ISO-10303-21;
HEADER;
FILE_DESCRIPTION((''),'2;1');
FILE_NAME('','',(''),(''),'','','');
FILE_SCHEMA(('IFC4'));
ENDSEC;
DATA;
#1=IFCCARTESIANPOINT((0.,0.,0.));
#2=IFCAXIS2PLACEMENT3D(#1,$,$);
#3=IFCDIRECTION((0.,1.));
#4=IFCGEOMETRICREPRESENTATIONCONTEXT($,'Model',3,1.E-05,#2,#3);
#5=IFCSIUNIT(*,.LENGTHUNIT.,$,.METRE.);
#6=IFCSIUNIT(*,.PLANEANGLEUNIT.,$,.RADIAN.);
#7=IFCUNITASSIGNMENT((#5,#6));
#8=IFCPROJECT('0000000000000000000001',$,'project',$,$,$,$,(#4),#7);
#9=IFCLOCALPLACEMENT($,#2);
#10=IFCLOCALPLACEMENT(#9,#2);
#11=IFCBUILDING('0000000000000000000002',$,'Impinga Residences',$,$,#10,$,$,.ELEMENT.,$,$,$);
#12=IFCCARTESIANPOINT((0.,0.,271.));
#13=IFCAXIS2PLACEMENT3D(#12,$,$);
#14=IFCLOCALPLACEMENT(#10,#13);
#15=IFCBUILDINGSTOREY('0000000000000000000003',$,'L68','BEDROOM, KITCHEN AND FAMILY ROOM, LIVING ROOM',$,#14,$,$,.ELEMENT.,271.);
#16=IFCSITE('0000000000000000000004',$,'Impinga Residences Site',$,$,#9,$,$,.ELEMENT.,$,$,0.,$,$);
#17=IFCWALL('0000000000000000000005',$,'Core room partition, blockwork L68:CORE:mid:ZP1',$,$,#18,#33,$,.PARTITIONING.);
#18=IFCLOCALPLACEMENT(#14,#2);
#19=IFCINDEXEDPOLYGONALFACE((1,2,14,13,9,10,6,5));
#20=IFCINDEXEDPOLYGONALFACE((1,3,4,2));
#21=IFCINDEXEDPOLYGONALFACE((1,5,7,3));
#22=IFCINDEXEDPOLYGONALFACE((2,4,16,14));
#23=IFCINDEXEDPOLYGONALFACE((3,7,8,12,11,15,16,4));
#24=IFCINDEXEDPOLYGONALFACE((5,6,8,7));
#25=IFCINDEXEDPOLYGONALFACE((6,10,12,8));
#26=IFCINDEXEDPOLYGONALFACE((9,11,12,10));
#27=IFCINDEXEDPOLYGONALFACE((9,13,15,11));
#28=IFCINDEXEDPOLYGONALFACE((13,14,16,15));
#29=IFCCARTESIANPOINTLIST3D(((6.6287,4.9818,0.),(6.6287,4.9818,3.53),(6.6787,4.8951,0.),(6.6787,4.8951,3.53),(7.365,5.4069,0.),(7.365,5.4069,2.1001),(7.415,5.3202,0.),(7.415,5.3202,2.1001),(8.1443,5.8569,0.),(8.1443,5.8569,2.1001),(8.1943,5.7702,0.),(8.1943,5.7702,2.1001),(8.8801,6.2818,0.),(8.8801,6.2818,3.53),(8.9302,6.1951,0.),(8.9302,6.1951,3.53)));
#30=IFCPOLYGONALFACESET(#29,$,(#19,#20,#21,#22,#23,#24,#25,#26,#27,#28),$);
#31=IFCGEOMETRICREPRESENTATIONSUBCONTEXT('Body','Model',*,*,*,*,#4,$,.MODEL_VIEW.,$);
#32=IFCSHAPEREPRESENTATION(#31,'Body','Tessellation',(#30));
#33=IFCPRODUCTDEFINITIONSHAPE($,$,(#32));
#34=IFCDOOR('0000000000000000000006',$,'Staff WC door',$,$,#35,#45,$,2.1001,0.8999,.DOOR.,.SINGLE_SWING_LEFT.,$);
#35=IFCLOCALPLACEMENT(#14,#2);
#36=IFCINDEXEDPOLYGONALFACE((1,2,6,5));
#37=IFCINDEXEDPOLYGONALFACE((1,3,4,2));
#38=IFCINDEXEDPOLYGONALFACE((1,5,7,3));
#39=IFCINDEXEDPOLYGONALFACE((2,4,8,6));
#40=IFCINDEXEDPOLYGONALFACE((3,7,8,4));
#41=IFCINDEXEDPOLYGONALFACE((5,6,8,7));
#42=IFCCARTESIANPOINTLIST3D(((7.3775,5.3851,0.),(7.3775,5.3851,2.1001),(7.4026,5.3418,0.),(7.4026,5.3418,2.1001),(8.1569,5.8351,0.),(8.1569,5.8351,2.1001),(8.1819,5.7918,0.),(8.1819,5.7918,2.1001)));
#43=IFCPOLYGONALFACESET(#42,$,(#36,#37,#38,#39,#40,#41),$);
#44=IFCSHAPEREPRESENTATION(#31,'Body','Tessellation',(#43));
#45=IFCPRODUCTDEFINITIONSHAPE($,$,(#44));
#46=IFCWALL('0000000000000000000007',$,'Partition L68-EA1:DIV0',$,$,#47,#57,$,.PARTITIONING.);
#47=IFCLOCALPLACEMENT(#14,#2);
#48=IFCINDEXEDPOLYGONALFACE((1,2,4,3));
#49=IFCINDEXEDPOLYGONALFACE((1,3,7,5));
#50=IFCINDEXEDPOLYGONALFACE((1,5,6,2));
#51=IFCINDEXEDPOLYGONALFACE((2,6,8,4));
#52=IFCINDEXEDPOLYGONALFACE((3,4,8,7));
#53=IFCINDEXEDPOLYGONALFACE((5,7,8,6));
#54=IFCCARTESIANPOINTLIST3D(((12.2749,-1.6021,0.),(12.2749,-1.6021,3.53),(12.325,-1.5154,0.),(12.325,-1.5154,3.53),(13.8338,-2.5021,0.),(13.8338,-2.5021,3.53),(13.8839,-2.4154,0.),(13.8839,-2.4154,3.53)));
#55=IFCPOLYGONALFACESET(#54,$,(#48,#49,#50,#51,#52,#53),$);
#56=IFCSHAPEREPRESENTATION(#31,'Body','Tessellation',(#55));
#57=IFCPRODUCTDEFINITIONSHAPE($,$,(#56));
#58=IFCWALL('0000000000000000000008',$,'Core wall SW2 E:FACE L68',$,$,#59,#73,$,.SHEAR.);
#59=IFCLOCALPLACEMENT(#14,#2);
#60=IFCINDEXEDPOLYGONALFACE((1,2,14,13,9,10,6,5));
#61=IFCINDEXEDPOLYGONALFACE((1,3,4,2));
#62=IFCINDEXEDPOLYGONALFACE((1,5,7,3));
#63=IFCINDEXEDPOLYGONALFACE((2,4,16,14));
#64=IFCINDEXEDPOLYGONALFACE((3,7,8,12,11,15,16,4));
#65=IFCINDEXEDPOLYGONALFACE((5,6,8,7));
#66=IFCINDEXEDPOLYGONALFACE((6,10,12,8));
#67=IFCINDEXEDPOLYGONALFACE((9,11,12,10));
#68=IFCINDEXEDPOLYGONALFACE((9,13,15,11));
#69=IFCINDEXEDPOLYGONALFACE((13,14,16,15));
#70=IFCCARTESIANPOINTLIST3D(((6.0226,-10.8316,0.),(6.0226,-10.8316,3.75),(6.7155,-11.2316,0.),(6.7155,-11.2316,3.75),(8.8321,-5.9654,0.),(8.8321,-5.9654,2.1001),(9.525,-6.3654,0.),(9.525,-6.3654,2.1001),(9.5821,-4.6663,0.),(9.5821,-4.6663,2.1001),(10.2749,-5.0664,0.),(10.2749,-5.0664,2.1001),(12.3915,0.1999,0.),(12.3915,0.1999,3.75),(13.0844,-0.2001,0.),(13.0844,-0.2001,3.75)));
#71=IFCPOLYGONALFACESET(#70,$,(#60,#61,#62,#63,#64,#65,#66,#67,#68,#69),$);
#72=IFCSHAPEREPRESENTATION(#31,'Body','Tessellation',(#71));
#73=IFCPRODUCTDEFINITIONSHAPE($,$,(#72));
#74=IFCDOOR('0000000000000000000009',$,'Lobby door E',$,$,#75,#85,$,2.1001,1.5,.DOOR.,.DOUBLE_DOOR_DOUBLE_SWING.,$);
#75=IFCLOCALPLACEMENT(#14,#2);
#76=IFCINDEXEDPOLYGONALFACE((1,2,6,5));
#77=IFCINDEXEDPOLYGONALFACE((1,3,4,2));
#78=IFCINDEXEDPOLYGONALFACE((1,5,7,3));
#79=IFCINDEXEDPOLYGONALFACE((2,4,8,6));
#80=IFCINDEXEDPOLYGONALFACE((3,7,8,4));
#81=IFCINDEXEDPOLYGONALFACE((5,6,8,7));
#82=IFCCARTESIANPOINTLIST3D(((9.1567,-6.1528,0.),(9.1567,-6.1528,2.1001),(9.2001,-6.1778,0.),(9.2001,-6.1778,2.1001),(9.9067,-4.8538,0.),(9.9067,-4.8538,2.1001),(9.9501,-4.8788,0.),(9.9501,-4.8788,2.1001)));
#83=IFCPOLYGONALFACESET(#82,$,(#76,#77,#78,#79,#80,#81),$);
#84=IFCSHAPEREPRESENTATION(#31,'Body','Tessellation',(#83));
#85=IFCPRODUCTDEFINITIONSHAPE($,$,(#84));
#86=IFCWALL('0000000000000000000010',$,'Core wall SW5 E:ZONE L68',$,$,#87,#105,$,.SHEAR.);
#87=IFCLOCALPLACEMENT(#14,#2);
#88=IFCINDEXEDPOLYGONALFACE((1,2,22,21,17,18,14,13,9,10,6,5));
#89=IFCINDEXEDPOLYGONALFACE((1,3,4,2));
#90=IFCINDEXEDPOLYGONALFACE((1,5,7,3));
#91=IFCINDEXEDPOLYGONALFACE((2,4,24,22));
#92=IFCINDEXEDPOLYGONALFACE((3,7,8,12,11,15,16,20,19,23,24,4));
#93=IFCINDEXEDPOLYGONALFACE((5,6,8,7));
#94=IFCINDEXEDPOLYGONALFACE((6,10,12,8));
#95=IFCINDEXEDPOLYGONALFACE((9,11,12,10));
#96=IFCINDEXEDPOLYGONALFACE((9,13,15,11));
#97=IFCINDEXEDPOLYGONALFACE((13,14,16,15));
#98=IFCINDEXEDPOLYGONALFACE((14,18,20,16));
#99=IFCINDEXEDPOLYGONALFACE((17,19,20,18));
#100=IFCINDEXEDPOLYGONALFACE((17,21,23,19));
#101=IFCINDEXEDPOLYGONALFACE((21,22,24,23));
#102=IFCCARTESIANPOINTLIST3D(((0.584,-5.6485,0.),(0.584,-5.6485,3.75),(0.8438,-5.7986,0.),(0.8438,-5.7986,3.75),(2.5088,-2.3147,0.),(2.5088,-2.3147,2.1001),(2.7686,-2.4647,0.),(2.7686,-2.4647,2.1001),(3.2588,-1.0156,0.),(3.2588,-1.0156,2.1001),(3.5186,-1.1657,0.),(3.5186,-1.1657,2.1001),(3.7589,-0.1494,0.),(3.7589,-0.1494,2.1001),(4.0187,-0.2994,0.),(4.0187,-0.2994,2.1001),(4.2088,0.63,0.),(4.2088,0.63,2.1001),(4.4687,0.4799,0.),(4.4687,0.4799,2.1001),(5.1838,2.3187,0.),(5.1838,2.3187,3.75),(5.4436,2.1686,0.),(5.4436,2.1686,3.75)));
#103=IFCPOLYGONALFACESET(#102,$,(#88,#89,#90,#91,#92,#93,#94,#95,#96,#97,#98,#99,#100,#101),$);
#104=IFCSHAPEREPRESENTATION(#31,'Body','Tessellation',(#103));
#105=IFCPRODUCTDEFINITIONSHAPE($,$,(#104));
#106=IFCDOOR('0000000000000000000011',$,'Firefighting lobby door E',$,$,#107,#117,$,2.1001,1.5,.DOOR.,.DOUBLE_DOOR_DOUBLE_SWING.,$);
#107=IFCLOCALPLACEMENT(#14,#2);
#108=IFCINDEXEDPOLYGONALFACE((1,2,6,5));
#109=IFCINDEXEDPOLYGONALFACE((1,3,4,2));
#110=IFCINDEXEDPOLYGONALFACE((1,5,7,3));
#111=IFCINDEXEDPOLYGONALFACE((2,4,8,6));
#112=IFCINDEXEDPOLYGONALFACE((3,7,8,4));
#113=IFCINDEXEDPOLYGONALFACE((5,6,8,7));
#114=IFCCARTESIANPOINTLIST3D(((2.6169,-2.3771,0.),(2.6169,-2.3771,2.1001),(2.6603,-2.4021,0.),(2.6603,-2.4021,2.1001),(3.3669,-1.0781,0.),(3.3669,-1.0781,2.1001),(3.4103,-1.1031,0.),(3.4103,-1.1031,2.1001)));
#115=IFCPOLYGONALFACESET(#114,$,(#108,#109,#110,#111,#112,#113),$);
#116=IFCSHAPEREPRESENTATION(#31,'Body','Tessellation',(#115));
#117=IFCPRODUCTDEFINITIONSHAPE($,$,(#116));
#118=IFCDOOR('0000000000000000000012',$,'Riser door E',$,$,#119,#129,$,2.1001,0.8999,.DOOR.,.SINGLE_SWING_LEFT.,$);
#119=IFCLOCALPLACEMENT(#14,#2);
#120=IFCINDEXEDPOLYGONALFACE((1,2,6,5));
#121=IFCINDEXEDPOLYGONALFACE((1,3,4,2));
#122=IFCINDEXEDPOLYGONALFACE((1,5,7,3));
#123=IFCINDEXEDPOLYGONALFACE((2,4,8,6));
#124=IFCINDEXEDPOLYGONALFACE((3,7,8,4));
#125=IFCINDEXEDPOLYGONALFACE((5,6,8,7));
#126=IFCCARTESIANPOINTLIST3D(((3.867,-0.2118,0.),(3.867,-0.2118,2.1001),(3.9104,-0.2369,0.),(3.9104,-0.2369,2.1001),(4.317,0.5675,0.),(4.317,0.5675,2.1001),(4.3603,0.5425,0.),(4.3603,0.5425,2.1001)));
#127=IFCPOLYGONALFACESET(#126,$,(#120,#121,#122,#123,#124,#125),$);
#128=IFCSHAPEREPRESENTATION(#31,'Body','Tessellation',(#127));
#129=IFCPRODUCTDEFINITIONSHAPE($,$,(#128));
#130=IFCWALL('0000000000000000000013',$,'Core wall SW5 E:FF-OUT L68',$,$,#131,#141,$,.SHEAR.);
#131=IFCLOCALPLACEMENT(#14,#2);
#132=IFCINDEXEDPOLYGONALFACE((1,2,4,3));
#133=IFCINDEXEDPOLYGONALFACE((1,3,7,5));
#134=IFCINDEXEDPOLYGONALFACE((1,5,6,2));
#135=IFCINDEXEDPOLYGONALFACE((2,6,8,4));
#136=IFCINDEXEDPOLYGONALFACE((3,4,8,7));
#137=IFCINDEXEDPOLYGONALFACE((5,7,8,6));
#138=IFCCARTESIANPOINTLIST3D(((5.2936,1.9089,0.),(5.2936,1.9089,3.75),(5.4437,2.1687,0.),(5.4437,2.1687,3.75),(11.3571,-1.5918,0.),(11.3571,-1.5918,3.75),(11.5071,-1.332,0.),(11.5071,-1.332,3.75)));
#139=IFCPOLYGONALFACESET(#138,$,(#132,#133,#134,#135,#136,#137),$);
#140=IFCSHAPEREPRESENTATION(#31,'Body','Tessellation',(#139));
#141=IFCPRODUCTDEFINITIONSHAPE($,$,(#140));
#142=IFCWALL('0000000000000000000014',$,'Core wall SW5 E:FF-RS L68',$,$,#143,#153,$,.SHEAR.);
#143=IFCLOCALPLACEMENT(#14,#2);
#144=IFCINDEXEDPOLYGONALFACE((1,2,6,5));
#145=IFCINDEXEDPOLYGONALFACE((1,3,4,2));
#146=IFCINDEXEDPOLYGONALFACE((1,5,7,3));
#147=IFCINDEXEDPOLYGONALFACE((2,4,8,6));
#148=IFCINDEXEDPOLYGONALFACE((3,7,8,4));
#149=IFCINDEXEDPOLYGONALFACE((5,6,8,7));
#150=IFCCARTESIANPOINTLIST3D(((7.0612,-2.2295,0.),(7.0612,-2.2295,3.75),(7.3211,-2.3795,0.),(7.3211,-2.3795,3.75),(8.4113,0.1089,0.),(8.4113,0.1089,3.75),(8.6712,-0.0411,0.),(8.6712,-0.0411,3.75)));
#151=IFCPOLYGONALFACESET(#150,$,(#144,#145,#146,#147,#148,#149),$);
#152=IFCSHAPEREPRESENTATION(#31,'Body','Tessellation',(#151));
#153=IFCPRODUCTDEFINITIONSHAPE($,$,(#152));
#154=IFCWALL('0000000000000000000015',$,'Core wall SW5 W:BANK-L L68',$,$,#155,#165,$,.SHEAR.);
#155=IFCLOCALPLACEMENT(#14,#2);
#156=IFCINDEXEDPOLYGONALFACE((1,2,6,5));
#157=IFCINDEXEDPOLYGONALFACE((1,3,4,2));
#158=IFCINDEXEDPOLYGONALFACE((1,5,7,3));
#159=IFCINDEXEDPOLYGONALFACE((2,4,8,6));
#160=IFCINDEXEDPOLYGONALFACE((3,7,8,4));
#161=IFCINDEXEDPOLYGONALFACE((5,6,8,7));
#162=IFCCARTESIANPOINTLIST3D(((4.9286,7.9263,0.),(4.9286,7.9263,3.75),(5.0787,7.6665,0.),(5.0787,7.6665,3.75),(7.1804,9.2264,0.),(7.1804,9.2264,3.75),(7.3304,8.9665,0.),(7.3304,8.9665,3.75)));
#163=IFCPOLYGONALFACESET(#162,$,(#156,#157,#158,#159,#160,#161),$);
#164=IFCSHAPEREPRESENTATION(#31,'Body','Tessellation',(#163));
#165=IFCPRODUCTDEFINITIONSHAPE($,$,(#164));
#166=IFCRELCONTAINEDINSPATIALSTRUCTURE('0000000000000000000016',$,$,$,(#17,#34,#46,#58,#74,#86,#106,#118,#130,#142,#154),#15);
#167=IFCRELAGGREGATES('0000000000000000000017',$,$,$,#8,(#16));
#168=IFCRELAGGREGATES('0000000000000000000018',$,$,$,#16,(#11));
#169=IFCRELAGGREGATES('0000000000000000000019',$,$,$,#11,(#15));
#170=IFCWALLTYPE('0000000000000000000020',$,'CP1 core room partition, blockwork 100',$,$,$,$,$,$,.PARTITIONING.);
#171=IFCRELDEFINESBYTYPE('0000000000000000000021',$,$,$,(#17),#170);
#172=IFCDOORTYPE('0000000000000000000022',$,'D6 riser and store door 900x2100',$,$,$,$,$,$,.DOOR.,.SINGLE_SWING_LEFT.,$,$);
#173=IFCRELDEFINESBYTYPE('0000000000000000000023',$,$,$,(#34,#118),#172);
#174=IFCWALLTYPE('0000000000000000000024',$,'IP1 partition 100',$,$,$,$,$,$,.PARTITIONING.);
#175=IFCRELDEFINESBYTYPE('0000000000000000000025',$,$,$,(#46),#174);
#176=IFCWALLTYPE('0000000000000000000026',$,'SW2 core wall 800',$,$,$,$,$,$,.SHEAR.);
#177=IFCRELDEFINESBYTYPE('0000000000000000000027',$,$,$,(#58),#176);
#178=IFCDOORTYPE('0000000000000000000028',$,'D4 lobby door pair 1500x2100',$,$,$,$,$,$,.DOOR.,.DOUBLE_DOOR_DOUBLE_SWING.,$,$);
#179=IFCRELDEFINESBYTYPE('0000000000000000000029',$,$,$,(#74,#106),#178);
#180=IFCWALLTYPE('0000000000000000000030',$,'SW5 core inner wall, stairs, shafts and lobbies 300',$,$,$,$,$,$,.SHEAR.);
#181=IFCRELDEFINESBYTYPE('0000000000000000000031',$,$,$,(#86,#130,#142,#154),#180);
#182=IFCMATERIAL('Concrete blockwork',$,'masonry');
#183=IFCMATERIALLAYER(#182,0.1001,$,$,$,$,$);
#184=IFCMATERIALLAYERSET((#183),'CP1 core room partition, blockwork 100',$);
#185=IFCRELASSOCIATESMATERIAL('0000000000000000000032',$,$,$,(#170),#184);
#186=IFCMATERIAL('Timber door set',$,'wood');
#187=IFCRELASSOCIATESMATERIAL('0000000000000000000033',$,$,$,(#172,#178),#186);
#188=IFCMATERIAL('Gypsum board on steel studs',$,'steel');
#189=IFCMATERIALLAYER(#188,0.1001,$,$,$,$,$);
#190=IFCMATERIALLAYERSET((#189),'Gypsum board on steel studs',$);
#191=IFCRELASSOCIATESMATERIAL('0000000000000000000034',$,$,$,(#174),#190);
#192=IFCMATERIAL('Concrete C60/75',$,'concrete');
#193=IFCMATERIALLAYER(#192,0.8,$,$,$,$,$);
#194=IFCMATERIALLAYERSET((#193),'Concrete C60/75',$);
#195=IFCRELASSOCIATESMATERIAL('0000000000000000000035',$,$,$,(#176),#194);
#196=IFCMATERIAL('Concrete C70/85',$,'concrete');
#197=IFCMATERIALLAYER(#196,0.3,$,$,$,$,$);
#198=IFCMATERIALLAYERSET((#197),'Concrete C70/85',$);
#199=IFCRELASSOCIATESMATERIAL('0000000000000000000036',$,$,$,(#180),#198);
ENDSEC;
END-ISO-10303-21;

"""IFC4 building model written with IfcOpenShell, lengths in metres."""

from ifc_helpers import new_model, si_unit, direction, frame, frame_2d, origin, place, context, subcontext, project, spatial, rectangle, extrude, material, layer, layer_set, type_object, element, fill, save


model = new_model("IFC4")

# Units and contexts
model_context = context("Model", 3, precision=1e-05, world=origin(), true_north=direction((0.0, 1.0)))
body_context = subcontext(model_context, "Body", "Model", "MODEL_VIEW")
ifc_project = project(units=[si_unit("LENGTHUNIT", "METRE"), si_unit("PLANEANGLEUNIT", "RADIAN")], contexts=[model_context])

# Site, building, storey
site_placement = place(None, origin())
site = spatial("IfcSite", under=ifc_project, at=site_placement, Name="Impinga Residences Site", CompositionType="ELEMENT", RefElevation=0.0)
building_placement = place(site_placement, origin())
building = spatial("IfcBuilding", under=site, at=building_placement, Name="Impinga Residences", CompositionType="ELEMENT")
storey_placement = place(building_placement, frame((0.0, 0.0, 271.0)))
storey = spatial("IfcBuildingStorey", under=building, at=storey_placement, Name="L68", Description="BEDROOM, KITCHEN AND FAMILY ROOM, LIVING ROOM", CompositionType="ELEMENT", Elevation=271.0)

# Wall, opening, door
ifc_material_1 = material(Name="Concrete blockwork", Category="masonry")
ifc_layer_1 = layer(ifc_material_1, 0.1001)
ifc_layer_set_1 = layer_set([ifc_layer_1], Name="CP1 core room partition, blockwork 100")
wall_type_1 = type_object("IfcWallType", Name="CP1 core room partition, blockwork 100", PredefinedType="PARTITIONING", material=ifc_layer_set_1)
wall_1_placement = place(storey_placement, frame((6.6538, 4.9385, 0.0), z_axis=(0.0, 0.0, 1.0), x_axis=(0.865998, 0.500048, 0.0)))
wall_1 = element("IfcWall", 1, at=wall_1_placement, inside=storey, type_object=wall_type_1, Name="Core room partition, blockwork L68:CORE:mid:ZP1", PredefinedType="PARTITIONING", context=body_context, shape_type="SweptSolid", body=[
    extrude(rectangle(XDim=2.5999, YDim=0.1001, at=frame_2d((1.2998, 0.0))), origin(), (0.0, 0.0, 1.0), 3.53),
])
opening_1_placement = place(wall_1_placement, frame((0.8501, 0.0, 0.0)))
opening_1 = element("IfcOpeningElement", 2, at=opening_1_placement, cuts=wall_1, PredefinedType="OPENING", context=body_context, shape_type="SweptSolid", body=[
    extrude(rectangle(XDim=0.8999, YDim=2.1001, at=frame_2d((0.45, 1.05))), frame((0.0, 0.0601, 0.0), z_axis=(0.0, -1.0, 0.0), x_axis=(1.0, 0.0, 0.0)), (0.0, 0.0, 1.0), 0.1201),
])
ifc_material_2 = material(Name="Timber door set", Category="wood")
door_type_1 = type_object("IfcDoorType", Name="D6 riser and store door 900x2100", OperationType="SINGLE_SWING_LEFT", PredefinedType="DOOR", material=ifc_material_2)
door_1_placement = place(opening_1_placement, origin())
door_1 = element("IfcDoor", 3, at=door_1_placement, inside=storey, type_object=door_type_1, Name="Staff WC door", OperationType="SINGLE_SWING_LEFT", OverallHeight=2.1001, OverallWidth=0.8999, PredefinedType="DOOR", context=body_context, shape_type="SweptSolid", body=[
    extrude(rectangle(XDim=0.8999, YDim=2.1001, at=frame_2d((0.45, 1.05))), frame((0.0, 0.0249, 0.0), z_axis=(0.0, -1.0, 0.0), x_axis=(1.0, 0.0, 0.0)), (0.0, 0.0, 1.0), 0.05),
])
fill(opening_1, door_1)

# Wall
ifc_material_3 = material(Name="Gypsum board on steel studs", Category="steel")
ifc_layer_2 = layer(ifc_material_3, 0.1001)
ifc_layer_set_2 = layer_set([ifc_layer_2], Name="Gypsum board on steel studs")
wall_type_2 = type_object("IfcWallType", Name="IP1 partition 100", PredefinedType="PARTITIONING", material=ifc_layer_set_2)
wall_2_placement = place(storey_placement, frame((12.3, -1.5588, 0.0), z_axis=(0.0, 0.0, 1.0), x_axis=(0.866048, -0.499961, 0.0)))
element("IfcWall", 4, at=wall_2_placement, inside=storey, type_object=wall_type_2, Name="Partition L68-EA1:DIV0", PredefinedType="PARTITIONING", context=body_context, shape_type="SweptSolid", body=[
    extrude(rectangle(XDim=1.8, YDim=0.1001, at=frame_2d((0.8999, 0.0))), origin(), (0.0, 0.0, 1.0), 3.53),
])

# Wall, opening, door
ifc_material_4 = material(Name="Concrete C60/75", Category="concrete")
ifc_layer_3 = layer(ifc_material_4, 0.8)
ifc_layer_set_3 = layer_set([ifc_layer_3], Name="Concrete C60/75")
wall_type_3 = type_object("IfcWallType", Name="SW2 core wall 800", PredefinedType="SHEAR", material=ifc_layer_set_3)
wall_3_placement = place(storey_placement, frame((12.738, 0.0, 0.0), z_axis=(0.0, 0.0, 1.0), x_axis=(-0.499992, -0.86603, 0.0)))
wall_3 = element("IfcWall", 5, at=wall_3_placement, inside=storey, type_object=wall_type_3, Name="Core wall SW2 E:FACE L68", PredefinedType="SHEAR", context=body_context, shape_type="SweptSolid", body=[
    extrude(rectangle(XDim=12.738, YDim=0.8, at=frame_2d((6.3691, 0.0))), origin(), (0.0, 0.0, 1.0), 3.75),
])
opening_2_placement = place(wall_3_placement, frame((5.6191, 0.0, 0.0)))
opening_2 = element("IfcOpeningElement", 6, at=opening_2_placement, cuts=wall_3, PredefinedType="OPENING", context=body_context, shape_type="SweptSolid", body=[
    extrude(rectangle(XDim=1.5, YDim=2.1001, at=frame_2d((0.75, 1.05))), frame((0.0, 0.4099, 0.0), z_axis=(0.0, -1.0, 0.0), x_axis=(1.0, 0.0, 0.0)), (0.0, 0.0, 1.0), 0.8201),
])
door_type_2 = type_object("IfcDoorType", Name="D4 lobby door pair 1500x2100", OperationType="DOUBLE_DOOR_DOUBLE_SWING", PredefinedType="DOOR", material=ifc_material_2)
door_2_placement = place(opening_2_placement, origin())
door_2 = element("IfcDoor", 7, at=door_2_placement, inside=storey, type_object=door_type_2, Name="Lobby door E", OperationType="DOUBLE_DOOR_DOUBLE_SWING", OverallHeight=2.1001, OverallWidth=1.5, PredefinedType="DOOR", context=body_context, shape_type="SweptSolid", body=[
    extrude(rectangle(XDim=1.5, YDim=2.1001, at=frame_2d((0.75, 1.05))), frame((0.0, 0.0249, 0.0), z_axis=(0.0, -1.0, 0.0), x_axis=(1.0, 0.0, 0.0)), (0.0, 0.0, 1.0), 0.05),
])
fill(opening_2, door_2)

# Wall, openings, doors
ifc_material_5 = material(Name="Concrete C70/85", Category="concrete")
ifc_layer_4 = layer(ifc_material_5, 0.3)
ifc_layer_set_4 = layer_set([ifc_layer_4], Name="Concrete C70/85")
wall_type_4 = type_object("IfcWallType", Name="SW5 core inner wall, stairs, shafts and lobbies 300", PredefinedType="SHEAR", material=ifc_layer_set_4)
wall_4_placement = place(storey_placement, frame((5.3137, 2.2437, 0.0), z_axis=(0.0, 0.0, 1.0), x_axis=(-0.499995, -0.866028, 0.0)))
wall_4 = element("IfcWall", 8, at=wall_4_placement, inside=storey, type_object=wall_type_4, Name="Core wall SW5 E:ZONE L68", PredefinedType="SHEAR", context=body_context, shape_type="SweptSolid", body=[
    extrude(rectangle(XDim=9.1997, YDim=0.3, at=frame_2d((4.5999, 0.0))), origin(), (0.0, 0.0, 1.0), 3.75),
])
opening_3_placement = place(wall_4_placement, frame((3.8501, 0.0, 0.0)))
opening_3 = element("IfcOpeningElement", 9, at=opening_3_placement, cuts=wall_4, PredefinedType="OPENING", context=body_context, shape_type="SweptSolid", body=[
    extrude(rectangle(XDim=1.5, YDim=2.1001, at=frame_2d((0.75, 1.05))), frame((0.0, 0.1599, 0.0), z_axis=(0.0, -1.0, 0.0), x_axis=(1.0, 0.0, 0.0)), (0.0, 0.0, 1.0), 0.3201),
])
opening_4_placement = place(wall_4_placement, frame((1.95, 0.0, 0.0)))
opening_4 = element("IfcOpeningElement", 10, at=opening_4_placement, cuts=wall_4, PredefinedType="OPENING", context=body_context, shape_type="SweptSolid", body=[
    extrude(rectangle(XDim=0.8999, YDim=2.1001, at=frame_2d((0.45, 1.05))), frame((0.0, 0.1599, 0.0), z_axis=(0.0, -1.0, 0.0), x_axis=(1.0, 0.0, 0.0)), (0.0, 0.0, 1.0), 0.3201),
])
door_3_placement = place(opening_3_placement, origin())
door_3 = element("IfcDoor", 11, at=door_3_placement, inside=storey, type_object=door_type_2, Name="Firefighting lobby door E", OperationType="DOUBLE_DOOR_DOUBLE_SWING", OverallHeight=2.1001, OverallWidth=1.5, PredefinedType="DOOR", context=body_context, shape_type="SweptSolid", body=[
    extrude(rectangle(XDim=1.5, YDim=2.1001, at=frame_2d((0.75, 1.05))), frame((0.0, 0.0249, 0.0), z_axis=(0.0, -1.0, 0.0), x_axis=(1.0, 0.0, 0.0)), (0.0, 0.0, 1.0), 0.05),
])
fill(opening_3, door_3)
door_4_placement = place(opening_4_placement, origin())
door_4 = element("IfcDoor", 12, at=door_4_placement, inside=storey, type_object=door_type_1, Name="Riser door E", OperationType="SINGLE_SWING_LEFT", OverallHeight=2.1001, OverallWidth=0.8999, PredefinedType="DOOR", context=body_context, shape_type="SweptSolid", body=[
    extrude(rectangle(XDim=0.8999, YDim=2.1001, at=frame_2d((0.45, 1.05))), frame((0.0, 0.0249, 0.0), z_axis=(0.0, -1.0, 0.0), x_axis=(1.0, 0.0, 0.0)), (0.0, 0.0, 1.0), 0.05),
])
fill(opening_4, door_4)

# Walls
wall_5_placement = place(storey_placement, frame((5.3687, 2.0388, 0.0), z_axis=(0.0, 0.0, 1.0), x_axis=(0.866026, -0.499998, 0.0)))
element("IfcWall", 13, at=wall_5_placement, inside=storey, type_object=wall_type_4, Name="Core wall SW5 E:FF-OUT L68", PredefinedType="SHEAR", context=body_context, shape_type="SweptSolid", body=[
    extrude(rectangle(XDim=7.0015, YDim=0.3, at=frame_2d((3.5007, 0.0))), origin(), (0.0, 0.0, 1.0), 3.75),
])
wall_6_placement = place(storey_placement, frame((8.5413, 0.0339, 0.0), z_axis=(0.0, 0.0, 1.0), x_axis=(-0.500009, -0.86602, 0.0)))
element("IfcWall", 14, at=wall_6_placement, inside=storey, type_object=wall_type_4, Name="Core wall SW5 E:FF-RS L68", PredefinedType="SHEAR", context=body_context, shape_type="SweptSolid", body=[
    extrude(rectangle(XDim=2.7002, YDim=0.3, at=frame_2d((1.3501, 0.0))), origin(), (0.0, 0.0, 1.0), 3.75),
])
for number, where, z_axis, x_axis, name in (
    (15, (5.0037, 7.7964, 0.0), (0.0, 0.0, 1.0), (0.866021, 0.500007, 0.0), "Core wall SW5 W:BANK-L L68"),
):
    element("IfcWall", number, at=place(storey_placement, frame(where, z_axis=z_axis, x_axis=x_axis)), inside=storey, type_object=wall_type_4, Name=name, PredefinedType="SHEAR", context=body_context, shape_type="SweptSolid", body=[
        extrude(rectangle(XDim=2.6001, YDim=0.3, at=frame_2d((1.3, 0.0))), origin(), (0.0, 0.0, 1.0), 3.75),
    ])

save(model, "model.ifc")
